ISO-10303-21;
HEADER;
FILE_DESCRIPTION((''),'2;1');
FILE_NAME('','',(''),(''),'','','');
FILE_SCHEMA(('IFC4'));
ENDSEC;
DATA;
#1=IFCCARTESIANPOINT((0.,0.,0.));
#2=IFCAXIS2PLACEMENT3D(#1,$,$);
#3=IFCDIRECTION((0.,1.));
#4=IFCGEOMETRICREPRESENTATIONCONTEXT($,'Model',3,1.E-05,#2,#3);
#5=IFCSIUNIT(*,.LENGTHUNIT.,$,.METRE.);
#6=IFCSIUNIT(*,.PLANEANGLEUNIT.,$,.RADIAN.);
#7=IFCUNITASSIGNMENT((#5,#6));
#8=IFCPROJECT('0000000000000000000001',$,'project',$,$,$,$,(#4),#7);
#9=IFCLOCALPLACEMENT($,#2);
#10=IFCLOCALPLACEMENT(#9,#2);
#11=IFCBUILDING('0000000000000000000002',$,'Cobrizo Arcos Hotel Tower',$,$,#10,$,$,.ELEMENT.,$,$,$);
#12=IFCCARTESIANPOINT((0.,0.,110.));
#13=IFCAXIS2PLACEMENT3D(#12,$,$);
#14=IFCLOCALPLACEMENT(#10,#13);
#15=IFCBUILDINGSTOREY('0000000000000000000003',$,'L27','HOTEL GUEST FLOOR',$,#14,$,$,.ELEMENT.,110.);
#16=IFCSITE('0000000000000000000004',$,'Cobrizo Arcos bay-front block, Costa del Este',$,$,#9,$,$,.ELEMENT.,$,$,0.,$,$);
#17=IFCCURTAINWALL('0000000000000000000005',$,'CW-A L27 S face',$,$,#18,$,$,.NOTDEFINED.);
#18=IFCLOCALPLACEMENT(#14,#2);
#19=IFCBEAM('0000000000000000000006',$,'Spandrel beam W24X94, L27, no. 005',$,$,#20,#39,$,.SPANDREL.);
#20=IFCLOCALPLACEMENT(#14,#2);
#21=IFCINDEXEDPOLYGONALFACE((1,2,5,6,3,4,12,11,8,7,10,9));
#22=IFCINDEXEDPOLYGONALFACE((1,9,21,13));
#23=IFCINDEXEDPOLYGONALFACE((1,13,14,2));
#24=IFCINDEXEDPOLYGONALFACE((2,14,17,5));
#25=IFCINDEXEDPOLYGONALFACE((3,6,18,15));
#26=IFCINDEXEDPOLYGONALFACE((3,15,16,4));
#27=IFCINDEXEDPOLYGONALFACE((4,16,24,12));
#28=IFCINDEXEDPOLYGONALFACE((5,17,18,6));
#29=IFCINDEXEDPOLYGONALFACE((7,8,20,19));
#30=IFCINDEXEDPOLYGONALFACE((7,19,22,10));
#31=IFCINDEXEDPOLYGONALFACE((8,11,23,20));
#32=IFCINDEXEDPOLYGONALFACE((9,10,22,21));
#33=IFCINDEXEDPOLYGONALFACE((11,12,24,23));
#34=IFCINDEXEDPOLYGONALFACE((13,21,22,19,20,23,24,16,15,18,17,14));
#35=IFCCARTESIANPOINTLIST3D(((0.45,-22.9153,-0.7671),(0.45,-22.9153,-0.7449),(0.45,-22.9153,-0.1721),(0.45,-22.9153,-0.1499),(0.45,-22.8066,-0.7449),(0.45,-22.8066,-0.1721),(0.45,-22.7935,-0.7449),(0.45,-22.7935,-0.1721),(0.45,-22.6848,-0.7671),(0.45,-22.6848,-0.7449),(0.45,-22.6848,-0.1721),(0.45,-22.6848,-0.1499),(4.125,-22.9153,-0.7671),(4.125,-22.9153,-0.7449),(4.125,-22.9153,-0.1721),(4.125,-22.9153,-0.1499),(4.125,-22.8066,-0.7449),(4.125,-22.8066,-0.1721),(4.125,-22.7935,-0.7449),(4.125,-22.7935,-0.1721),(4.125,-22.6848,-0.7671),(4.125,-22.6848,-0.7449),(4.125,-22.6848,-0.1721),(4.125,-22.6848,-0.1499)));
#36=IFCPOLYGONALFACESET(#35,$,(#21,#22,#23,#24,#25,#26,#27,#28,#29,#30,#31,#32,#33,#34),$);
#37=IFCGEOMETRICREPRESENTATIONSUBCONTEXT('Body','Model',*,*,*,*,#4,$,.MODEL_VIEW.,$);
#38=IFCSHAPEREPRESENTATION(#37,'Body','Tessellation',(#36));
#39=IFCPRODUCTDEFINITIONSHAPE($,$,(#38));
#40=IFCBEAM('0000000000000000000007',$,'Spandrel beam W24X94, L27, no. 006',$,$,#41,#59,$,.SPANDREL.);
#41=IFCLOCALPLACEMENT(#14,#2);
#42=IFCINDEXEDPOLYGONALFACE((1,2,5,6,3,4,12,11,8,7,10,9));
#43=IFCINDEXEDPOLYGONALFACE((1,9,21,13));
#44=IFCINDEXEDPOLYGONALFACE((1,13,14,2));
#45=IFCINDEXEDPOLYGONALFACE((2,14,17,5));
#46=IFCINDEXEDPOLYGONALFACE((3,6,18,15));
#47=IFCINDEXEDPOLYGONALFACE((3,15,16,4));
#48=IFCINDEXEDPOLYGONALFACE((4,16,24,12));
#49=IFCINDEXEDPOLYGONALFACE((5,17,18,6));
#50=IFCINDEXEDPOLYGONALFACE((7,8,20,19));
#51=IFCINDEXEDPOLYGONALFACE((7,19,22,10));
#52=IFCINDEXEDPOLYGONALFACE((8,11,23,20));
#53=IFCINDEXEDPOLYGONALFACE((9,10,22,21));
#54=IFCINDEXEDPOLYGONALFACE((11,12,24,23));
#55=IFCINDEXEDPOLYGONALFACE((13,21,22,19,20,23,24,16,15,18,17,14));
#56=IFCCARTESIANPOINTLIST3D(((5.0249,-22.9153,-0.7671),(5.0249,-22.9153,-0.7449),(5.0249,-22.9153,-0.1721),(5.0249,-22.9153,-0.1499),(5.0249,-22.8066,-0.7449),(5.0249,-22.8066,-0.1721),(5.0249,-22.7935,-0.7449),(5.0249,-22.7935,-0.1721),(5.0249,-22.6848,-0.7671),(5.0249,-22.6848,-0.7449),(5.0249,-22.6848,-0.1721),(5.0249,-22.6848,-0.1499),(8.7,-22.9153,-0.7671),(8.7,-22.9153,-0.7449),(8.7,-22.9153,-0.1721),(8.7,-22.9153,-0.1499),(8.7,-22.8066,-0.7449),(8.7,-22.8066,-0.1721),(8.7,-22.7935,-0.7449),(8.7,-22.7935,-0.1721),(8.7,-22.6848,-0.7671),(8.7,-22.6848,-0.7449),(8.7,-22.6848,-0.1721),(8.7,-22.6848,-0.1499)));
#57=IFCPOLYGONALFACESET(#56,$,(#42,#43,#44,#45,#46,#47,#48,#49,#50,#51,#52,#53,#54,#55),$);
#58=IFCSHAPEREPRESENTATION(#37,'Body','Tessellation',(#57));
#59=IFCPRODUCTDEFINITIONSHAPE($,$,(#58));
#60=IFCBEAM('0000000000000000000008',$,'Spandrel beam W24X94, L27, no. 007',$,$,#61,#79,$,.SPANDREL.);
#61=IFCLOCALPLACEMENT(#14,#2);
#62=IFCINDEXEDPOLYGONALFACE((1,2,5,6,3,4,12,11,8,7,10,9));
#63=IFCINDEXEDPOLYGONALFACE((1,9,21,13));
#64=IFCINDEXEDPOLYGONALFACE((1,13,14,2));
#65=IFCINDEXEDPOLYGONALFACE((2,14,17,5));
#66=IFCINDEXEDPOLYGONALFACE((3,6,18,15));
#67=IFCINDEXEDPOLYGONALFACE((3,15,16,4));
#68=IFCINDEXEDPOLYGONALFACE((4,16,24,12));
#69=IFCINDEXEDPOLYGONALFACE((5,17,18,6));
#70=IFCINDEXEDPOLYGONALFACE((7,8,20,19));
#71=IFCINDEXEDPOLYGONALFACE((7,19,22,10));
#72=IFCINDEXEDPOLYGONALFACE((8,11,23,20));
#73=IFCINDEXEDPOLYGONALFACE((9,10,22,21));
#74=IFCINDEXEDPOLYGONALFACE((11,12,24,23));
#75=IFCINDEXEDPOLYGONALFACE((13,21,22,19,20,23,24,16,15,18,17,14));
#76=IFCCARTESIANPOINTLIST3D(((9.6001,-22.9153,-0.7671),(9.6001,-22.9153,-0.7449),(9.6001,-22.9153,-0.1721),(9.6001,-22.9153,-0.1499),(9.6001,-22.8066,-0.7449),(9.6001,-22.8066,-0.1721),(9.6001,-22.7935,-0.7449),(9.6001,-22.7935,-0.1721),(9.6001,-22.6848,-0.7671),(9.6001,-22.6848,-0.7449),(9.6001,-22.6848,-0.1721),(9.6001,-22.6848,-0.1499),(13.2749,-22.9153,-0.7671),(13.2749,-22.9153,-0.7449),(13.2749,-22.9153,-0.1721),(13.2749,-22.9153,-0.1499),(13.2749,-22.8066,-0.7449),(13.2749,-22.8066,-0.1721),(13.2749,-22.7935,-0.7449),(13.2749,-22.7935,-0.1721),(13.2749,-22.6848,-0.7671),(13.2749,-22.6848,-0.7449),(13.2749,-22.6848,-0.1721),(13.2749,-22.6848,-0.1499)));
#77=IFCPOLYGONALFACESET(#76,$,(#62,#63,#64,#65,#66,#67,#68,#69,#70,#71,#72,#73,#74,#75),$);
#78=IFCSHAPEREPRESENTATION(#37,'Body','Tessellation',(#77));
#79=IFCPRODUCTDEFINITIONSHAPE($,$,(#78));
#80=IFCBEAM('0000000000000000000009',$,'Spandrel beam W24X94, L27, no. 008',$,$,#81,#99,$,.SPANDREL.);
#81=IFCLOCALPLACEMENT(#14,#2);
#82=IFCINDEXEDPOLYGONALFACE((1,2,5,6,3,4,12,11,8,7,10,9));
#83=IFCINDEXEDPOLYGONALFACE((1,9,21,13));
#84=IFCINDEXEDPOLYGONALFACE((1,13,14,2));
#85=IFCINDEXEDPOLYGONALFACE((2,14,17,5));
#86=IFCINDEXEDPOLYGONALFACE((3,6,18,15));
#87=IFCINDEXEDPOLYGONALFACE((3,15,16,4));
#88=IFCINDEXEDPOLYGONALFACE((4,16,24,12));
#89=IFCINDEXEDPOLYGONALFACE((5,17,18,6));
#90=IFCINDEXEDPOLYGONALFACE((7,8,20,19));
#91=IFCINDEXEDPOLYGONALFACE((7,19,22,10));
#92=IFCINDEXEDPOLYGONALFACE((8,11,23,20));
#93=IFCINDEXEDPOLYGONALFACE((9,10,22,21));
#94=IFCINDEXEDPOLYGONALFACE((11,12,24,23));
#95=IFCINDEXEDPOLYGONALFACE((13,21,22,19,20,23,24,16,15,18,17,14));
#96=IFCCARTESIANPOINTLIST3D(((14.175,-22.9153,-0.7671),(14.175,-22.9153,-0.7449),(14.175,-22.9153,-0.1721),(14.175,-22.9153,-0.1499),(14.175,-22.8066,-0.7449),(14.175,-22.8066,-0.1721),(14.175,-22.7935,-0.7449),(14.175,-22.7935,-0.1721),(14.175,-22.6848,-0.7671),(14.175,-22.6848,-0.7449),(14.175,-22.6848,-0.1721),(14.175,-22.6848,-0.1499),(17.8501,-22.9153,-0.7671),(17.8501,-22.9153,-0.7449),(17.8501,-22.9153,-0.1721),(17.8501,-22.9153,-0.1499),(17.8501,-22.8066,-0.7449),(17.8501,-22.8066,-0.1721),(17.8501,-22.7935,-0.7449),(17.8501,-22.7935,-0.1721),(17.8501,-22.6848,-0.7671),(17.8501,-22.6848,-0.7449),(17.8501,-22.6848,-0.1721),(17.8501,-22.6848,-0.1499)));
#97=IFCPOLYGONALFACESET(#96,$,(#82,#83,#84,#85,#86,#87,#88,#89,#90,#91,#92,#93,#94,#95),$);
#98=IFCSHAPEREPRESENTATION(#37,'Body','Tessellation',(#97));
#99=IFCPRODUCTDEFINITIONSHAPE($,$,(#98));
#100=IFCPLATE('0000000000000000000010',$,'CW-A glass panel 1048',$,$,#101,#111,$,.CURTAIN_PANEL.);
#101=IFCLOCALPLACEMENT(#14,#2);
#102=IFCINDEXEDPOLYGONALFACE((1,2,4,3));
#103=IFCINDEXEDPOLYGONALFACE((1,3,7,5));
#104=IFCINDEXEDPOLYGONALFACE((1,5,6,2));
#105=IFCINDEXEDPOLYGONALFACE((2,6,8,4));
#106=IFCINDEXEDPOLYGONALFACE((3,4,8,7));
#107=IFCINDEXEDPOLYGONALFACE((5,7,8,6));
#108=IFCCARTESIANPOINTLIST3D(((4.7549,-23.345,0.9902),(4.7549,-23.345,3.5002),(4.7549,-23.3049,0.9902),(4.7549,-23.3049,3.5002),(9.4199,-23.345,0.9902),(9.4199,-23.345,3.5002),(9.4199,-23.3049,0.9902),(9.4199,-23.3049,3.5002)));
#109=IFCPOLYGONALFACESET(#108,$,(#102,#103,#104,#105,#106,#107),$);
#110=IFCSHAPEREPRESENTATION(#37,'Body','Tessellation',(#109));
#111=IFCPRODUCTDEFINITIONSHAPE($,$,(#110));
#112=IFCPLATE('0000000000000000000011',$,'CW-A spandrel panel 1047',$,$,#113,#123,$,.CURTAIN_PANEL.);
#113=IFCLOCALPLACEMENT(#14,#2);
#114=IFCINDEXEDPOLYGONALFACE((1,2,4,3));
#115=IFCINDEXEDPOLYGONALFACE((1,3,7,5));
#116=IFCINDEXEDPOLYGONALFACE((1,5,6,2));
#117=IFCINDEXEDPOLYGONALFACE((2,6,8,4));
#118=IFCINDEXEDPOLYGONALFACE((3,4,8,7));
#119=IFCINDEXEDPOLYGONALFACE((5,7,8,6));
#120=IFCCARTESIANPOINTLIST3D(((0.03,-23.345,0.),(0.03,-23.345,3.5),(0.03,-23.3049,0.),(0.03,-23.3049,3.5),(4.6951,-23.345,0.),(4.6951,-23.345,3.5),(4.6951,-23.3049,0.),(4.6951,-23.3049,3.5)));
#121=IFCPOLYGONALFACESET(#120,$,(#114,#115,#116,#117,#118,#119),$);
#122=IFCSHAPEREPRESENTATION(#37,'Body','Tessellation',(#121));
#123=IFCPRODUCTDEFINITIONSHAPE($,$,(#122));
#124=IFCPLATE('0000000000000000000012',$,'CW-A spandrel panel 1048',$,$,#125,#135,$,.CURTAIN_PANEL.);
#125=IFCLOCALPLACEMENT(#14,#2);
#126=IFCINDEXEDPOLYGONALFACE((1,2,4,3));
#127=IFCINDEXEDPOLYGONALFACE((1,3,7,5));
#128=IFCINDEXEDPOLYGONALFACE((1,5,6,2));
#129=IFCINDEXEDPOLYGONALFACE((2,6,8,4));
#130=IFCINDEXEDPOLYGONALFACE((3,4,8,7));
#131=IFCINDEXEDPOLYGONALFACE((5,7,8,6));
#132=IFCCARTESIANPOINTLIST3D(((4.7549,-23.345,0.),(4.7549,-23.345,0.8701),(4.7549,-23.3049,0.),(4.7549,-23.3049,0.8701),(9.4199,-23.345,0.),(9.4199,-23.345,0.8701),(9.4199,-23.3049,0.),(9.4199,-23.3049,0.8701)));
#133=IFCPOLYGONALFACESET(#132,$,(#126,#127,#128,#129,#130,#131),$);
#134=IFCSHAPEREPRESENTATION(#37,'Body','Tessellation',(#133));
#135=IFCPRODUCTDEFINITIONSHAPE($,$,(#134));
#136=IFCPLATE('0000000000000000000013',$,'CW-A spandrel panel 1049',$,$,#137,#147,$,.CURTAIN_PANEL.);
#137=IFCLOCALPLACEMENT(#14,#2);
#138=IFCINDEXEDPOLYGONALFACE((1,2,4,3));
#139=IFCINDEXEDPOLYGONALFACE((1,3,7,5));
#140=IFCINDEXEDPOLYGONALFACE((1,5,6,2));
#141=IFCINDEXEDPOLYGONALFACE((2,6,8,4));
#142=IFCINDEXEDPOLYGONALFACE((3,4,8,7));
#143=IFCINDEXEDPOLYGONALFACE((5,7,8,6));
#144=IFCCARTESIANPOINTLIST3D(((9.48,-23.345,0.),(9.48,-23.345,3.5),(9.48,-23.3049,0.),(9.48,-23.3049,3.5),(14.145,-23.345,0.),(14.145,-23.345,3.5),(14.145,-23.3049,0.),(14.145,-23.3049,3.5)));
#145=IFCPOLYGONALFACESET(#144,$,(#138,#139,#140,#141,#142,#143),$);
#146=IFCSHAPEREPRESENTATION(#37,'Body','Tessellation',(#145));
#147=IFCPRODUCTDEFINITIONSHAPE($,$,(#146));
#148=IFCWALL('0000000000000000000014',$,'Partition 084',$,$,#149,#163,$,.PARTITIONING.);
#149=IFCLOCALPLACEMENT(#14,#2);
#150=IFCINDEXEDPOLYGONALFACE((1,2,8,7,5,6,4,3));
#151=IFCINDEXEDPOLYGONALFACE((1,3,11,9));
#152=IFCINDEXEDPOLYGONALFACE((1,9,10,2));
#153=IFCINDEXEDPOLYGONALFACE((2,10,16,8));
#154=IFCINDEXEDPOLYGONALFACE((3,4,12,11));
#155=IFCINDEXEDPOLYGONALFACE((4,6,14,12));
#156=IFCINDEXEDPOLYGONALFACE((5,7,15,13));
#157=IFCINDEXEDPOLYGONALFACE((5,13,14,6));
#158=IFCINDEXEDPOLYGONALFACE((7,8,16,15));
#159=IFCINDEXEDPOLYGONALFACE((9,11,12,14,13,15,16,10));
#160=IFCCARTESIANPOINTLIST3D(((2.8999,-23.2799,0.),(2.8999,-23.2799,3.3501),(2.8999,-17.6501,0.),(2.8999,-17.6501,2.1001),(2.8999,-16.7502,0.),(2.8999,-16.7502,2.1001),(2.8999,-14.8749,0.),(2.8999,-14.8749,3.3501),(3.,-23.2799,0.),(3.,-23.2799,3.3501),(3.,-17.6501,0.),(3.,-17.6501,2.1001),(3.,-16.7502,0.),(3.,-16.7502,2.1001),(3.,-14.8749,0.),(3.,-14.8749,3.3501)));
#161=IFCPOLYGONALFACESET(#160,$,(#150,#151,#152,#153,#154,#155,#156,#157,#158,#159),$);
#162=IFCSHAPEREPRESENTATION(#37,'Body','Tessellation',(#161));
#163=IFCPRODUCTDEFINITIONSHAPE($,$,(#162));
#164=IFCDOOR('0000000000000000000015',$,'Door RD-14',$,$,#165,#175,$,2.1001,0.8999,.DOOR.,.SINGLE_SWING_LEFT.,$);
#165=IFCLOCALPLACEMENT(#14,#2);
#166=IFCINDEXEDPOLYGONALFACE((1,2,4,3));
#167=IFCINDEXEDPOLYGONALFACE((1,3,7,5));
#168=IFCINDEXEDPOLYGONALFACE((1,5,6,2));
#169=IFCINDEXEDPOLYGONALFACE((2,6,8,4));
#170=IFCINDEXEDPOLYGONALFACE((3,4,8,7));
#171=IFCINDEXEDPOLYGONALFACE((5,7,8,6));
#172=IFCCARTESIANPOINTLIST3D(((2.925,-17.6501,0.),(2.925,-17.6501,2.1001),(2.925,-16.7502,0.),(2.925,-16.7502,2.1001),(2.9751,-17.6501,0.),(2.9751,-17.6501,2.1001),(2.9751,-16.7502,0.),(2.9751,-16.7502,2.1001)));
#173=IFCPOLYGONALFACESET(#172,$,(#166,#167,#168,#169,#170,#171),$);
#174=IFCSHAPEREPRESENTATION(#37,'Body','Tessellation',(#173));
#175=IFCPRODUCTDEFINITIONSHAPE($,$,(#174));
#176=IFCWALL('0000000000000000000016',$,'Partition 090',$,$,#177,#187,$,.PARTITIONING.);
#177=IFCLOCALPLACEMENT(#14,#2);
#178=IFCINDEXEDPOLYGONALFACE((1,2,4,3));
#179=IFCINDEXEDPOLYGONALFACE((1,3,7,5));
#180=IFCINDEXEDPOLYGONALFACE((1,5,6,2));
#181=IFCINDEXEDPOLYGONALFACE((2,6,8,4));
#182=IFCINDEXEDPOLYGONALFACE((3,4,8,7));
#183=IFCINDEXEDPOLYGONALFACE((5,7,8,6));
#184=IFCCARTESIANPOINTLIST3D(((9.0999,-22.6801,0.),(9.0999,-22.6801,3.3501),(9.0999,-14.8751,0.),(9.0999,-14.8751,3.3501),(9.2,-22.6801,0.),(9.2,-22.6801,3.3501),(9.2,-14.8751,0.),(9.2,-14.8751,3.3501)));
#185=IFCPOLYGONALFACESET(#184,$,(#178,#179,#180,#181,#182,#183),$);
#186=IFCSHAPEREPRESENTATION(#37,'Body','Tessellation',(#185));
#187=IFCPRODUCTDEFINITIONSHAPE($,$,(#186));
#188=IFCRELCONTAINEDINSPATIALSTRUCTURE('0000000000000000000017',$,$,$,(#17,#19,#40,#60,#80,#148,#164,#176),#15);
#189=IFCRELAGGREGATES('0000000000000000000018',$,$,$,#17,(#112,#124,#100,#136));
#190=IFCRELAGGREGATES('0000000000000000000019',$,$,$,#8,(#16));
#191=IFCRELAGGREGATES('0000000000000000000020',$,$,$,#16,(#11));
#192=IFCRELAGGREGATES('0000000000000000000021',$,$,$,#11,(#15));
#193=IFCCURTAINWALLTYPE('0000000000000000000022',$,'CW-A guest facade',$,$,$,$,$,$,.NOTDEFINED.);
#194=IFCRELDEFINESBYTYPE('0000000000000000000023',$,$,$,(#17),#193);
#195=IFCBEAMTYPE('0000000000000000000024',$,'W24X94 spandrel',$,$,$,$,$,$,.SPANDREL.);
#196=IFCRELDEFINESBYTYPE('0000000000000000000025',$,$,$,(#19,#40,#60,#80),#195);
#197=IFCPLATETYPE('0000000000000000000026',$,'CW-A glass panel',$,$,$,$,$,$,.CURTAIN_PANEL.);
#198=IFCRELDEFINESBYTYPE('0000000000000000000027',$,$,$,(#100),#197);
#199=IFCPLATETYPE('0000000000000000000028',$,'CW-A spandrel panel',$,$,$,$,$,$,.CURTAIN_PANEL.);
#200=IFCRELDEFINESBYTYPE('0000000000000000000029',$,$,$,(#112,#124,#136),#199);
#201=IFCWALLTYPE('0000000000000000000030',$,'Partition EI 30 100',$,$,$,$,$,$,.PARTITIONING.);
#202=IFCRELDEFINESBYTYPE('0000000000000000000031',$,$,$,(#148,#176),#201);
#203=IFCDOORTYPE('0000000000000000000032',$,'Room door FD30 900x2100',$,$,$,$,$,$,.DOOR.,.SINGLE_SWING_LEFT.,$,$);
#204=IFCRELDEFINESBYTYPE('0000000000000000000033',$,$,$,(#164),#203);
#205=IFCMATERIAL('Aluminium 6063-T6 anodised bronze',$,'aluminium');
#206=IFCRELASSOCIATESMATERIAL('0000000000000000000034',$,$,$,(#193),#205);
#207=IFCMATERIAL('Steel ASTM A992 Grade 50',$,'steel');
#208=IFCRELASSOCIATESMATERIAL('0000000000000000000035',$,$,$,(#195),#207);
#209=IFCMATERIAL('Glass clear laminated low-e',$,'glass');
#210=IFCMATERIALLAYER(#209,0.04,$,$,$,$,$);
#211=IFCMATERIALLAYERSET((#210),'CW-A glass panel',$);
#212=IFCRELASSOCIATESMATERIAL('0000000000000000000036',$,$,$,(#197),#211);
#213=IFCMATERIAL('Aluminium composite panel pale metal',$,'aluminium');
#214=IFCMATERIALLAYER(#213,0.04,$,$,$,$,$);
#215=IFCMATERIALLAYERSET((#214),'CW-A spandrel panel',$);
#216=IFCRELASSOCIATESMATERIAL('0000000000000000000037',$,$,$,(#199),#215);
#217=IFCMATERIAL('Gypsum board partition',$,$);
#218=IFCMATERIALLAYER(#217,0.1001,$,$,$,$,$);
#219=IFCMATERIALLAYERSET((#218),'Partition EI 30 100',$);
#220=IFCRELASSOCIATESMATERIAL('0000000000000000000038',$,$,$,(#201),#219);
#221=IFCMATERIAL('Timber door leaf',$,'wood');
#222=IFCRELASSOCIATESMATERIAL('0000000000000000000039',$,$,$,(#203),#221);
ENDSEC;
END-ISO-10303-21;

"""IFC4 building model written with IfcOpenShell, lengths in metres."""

from ifc_helpers import new_model, si_unit, direction, frame, frame_2d, origin, origin_2d, place, context, subcontext, project, spatial, rectangle, i_section, extrude, material, layer, layer_set, material_profile, profile_set, type_object, element, fill, aggregate, save


model = new_model("IFC4")

# Units and contexts
model_context = context("Model", 3, precision=1e-05, world=origin(), true_north=direction((0.0, 1.0)))
body_context = subcontext(model_context, "Body", "Model", "MODEL_VIEW")
ifc_project = project(units=[si_unit("LENGTHUNIT", "METRE"), si_unit("PLANEANGLEUNIT", "RADIAN")], contexts=[model_context])

# Site, building, storey
site_placement = place(None, origin())
site = spatial("IfcSite", under=ifc_project, at=site_placement, Name="Cobrizo Arcos bay-front block, Costa del Este", CompositionType="ELEMENT", RefElevation=0.0)
building_placement = place(site_placement, origin())
building = spatial("IfcBuilding", under=site, at=building_placement, Name="Cobrizo Arcos Hotel Tower", CompositionType="ELEMENT")
storey_placement = place(building_placement, frame((0.0, 0.0, 110.0)))
storey = spatial("IfcBuildingStorey", under=building, at=storey_placement, Name="L27", Description="HOTEL GUEST FLOOR", CompositionType="ELEMENT", Elevation=110.0)

# Curtain wall
ifc_material_1 = material(Name="Aluminium 6063-T6 anodised bronze", Category="aluminium")
curtain_wall_type = type_object("IfcCurtainWallType", Name="CW-A guest facade", PredefinedType="NOTDEFINED", material=ifc_material_1)
curtain_wall_placement = place(storey_placement, origin())
curtain_wall = element("IfcCurtainWall", 1, at=curtain_wall_placement, inside=storey, type_object=curtain_wall_type, Name="CW-A L27 S face", PredefinedType="NOTDEFINED")

# Beams
ifc_material_2 = material(Name="Steel ASTM A992 Grade 50", Category="steel")
ifc_material_profile_1 = material_profile(ifc_material_2, i_section(OverallWidth=0.2305, OverallDepth=0.6172, WebThickness=0.0132, FlangeThickness=0.0222, at=origin_2d()), Name="W24X94")
ifc_profile_set_1 = profile_set([ifc_material_profile_1], Name="Steel ASTM A992 Grade 50")
beam_type_1 = type_object("IfcBeamType", Name="W24X94 spandrel", PredefinedType="SPANDREL", material=ifc_profile_set_1)
for number, where, z_axis, x_axis, name in (
    (2, (0.45, -22.8, -0.4585), (1.0, 0.0, 0.0), (0.0, 1.0, 0.0), "Spandrel beam W24X94, L27, no. 005"),
    (3, (5.0249, -22.8, -0.4585), (1.0, 0.0, 0.0), (0.0, 1.0, 0.0), "Spandrel beam W24X94, L27, no. 006"),
):
    element("IfcBeam", number, at=place(storey_placement, frame(where, z_axis=z_axis, x_axis=x_axis)), inside=storey, type_object=beam_type_1, Name=name, PredefinedType="SPANDREL", context=body_context, shape_type="SweptSolid", body=[
        extrude(i_section(OverallWidth=0.2305, OverallDepth=0.6172, WebThickness=0.0132, FlangeThickness=0.0222, at=origin_2d()), origin(), (0.0, 0.0, 1.0), 3.675),
    ])
beam_1_placement = place(storey_placement, frame((9.6001, -22.8, -0.4585), z_axis=(1.0, 0.0, 0.0), x_axis=(0.0, 1.0, 0.0)))
element("IfcBeam", 4, at=beam_1_placement, inside=storey, type_object=beam_type_1, Name="Spandrel beam W24X94, L27, no. 007", PredefinedType="SPANDREL", context=body_context, shape_type="SweptSolid", body=[
    extrude(i_section(OverallWidth=0.2305, OverallDepth=0.6172, WebThickness=0.0132, FlangeThickness=0.0222, at=origin_2d()), origin(), (0.0, 0.0, 1.0), 3.6748),
])
beam_2_placement = place(storey_placement, frame((14.175, -22.8, -0.4585), z_axis=(1.0, 0.0, 0.0), x_axis=(0.0, 1.0, 0.0)))
element("IfcBeam", 5, at=beam_2_placement, inside=storey, type_object=beam_type_1, Name="Spandrel beam W24X94, L27, no. 008", PredefinedType="SPANDREL", context=body_context, shape_type="SweptSolid", body=[
    extrude(i_section(OverallWidth=0.2305, OverallDepth=0.6172, WebThickness=0.0132, FlangeThickness=0.0222, at=origin_2d()), origin(), (0.0, 0.0, 1.0), 3.675),
])

# Plates
ifc_material_3 = material(Name="Glass clear laminated low-e", Category="glass")
ifc_layer_1 = layer(ifc_material_3, 0.04)
ifc_layer_set_1 = layer_set([ifc_layer_1], Name="CW-A glass panel")
plate_type_1 = type_object("IfcPlateType", Name="CW-A glass panel", PredefinedType="CURTAIN_PANEL", material=ifc_layer_set_1)
plate_1_placement = place(storey_placement, frame((7.0874, -23.325, 0.9902), z_axis=(0.0, 0.0, 1.0), x_axis=(1.0, 0.0, 0.0)))
plate_1 = element("IfcPlate", 6, at=plate_1_placement, type_object=plate_type_1, Name="CW-A glass panel 1048", PredefinedType="CURTAIN_PANEL", context=body_context, shape_type="SweptSolid", body=[
    extrude(rectangle(XDim=4.665, YDim=0.04, at=origin_2d()), origin(), (0.0, 0.0, 1.0), 2.51),
])
ifc_material_4 = material(Name="Aluminium composite panel pale metal", Category="aluminium")
ifc_layer_2 = layer(ifc_material_4, 0.04)
ifc_layer_set_2 = layer_set([ifc_layer_2], Name="CW-A spandrel panel")
plate_type_2 = type_object("IfcPlateType", Name="CW-A spandrel panel", PredefinedType="CURTAIN_PANEL", material=ifc_layer_set_2)
plate_2_placement = place(storey_placement, frame((2.3625, -23.325, 0.0), z_axis=(0.0, 0.0, 1.0), x_axis=(1.0, 0.0, 0.0)))
plate_2 = element("IfcPlate", 7, at=plate_2_placement, type_object=plate_type_2, Name="CW-A spandrel panel 1047", PredefinedType="CURTAIN_PANEL", context=body_context, shape_type="SweptSolid", body=[
    extrude(rectangle(XDim=4.665, YDim=0.04, at=origin_2d()), origin(), (0.0, 0.0, 1.0), 3.5),
])
plate_3_placement = place(storey_placement, frame((7.0874, -23.325, 0.0), z_axis=(0.0, 0.0, 1.0), x_axis=(1.0, 0.0, 0.0)))
plate_3 = element("IfcPlate", 8, at=plate_3_placement, type_object=plate_type_2, Name="CW-A spandrel panel 1048", PredefinedType="CURTAIN_PANEL", context=body_context, shape_type="SweptSolid", body=[
    extrude(rectangle(XDim=4.665, YDim=0.04, at=origin_2d()), origin(), (0.0, 0.0, 1.0), 0.8701),
])
plate_4_placement = place(storey_placement, frame((11.8125, -23.325, 0.0), z_axis=(0.0, 0.0, 1.0), x_axis=(1.0, 0.0, 0.0)))
plate_4 = element("IfcPlate", 9, at=plate_4_placement, type_object=plate_type_2, Name="CW-A spandrel panel 1049", PredefinedType="CURTAIN_PANEL", context=body_context, shape_type="SweptSolid", body=[
    extrude(rectangle(XDim=4.665, YDim=0.04, at=origin_2d()), origin(), (0.0, 0.0, 1.0), 3.5),
])
aggregate(curtain_wall, [plate_2, plate_3, plate_1, plate_4])

# Wall, opening, door
ifc_material_5 = material(Name="Gypsum board partition")
ifc_layer_3 = layer(ifc_material_5, 0.1001)
ifc_layer_set_3 = layer_set([ifc_layer_3], Name="Partition EI 30 100")
wall_type = type_object("IfcWallType", Name="Partition EI 30 100", PredefinedType="PARTITIONING", material=ifc_layer_set_3)
wall_placement = place(storey_placement, frame((2.95, -23.28, 0.0), z_axis=(0.0, 0.0, 1.0), x_axis=(0.0, 1.0, 0.0)))
wall = element("IfcWall", 10, at=wall_placement, inside=storey, type_object=wall_type, Name="Partition 084", PredefinedType="PARTITIONING", context=body_context, shape_type="SweptSolid", body=[
    extrude(rectangle(XDim=8.405, YDim=0.1001, at=frame_2d((4.2026, 0.0))), origin(), (0.0, 0.0, 1.0), 3.3501),
])
opening_placement = place(wall_placement, frame((5.6299, 0.0, 0.0)))
opening = element("IfcOpeningElement", 11, at=opening_placement, cuts=wall, PredefinedType="OPENING", context=body_context, shape_type="SweptSolid", body=[
    extrude(rectangle(XDim=0.8999, YDim=2.1001, at=frame_2d((0.45, 1.05))), frame((0.0, 0.062, 0.0), z_axis=(0.0, -1.0, 0.0), x_axis=(1.0, 0.0, 0.0)), (0.0, 0.0, 1.0), 0.124),
])
ifc_material_6 = material(Name="Timber door leaf", Category="wood")
door_type = type_object("IfcDoorType", Name="Room door FD30 900x2100", OperationType="SINGLE_SWING_LEFT", PredefinedType="DOOR", material=ifc_material_6)
door_placement = place(opening_placement, origin())
door = element("IfcDoor", 12, at=door_placement, inside=storey, type_object=door_type, Name="Door RD-14", OperationType="SINGLE_SWING_LEFT", OverallHeight=2.1001, OverallWidth=0.8999, PredefinedType="DOOR", context=body_context, shape_type="SweptSolid", body=[
    extrude(rectangle(XDim=0.8999, YDim=2.1001, at=frame_2d((0.45, 1.05))), frame((0.0, 0.0249, 0.0), z_axis=(0.0, -1.0, 0.0), x_axis=(1.0, 0.0, 0.0)), (0.0, 0.0, 1.0), 0.05),
])
fill(opening, door)

# Wall
for number, where, z_axis, x_axis, name in (
    (13, (9.1499, -22.6799, 0.0), (0.0, 0.0, 1.0), (0.0, 1.0, 0.0), "Partition 090"),
):
    element("IfcWall", number, at=place(storey_placement, frame(where, z_axis=z_axis, x_axis=x_axis)), inside=storey, type_object=wall_type, Name=name, PredefinedType="PARTITIONING", context=body_context, shape_type="SweptSolid", body=[
        extrude(rectangle(XDim=7.8049, YDim=0.1001, at=frame_2d((3.9023, 0.0))), origin(), (0.0, 0.0, 1.0), 3.3501),
    ])

save(model, "model.ifc")
